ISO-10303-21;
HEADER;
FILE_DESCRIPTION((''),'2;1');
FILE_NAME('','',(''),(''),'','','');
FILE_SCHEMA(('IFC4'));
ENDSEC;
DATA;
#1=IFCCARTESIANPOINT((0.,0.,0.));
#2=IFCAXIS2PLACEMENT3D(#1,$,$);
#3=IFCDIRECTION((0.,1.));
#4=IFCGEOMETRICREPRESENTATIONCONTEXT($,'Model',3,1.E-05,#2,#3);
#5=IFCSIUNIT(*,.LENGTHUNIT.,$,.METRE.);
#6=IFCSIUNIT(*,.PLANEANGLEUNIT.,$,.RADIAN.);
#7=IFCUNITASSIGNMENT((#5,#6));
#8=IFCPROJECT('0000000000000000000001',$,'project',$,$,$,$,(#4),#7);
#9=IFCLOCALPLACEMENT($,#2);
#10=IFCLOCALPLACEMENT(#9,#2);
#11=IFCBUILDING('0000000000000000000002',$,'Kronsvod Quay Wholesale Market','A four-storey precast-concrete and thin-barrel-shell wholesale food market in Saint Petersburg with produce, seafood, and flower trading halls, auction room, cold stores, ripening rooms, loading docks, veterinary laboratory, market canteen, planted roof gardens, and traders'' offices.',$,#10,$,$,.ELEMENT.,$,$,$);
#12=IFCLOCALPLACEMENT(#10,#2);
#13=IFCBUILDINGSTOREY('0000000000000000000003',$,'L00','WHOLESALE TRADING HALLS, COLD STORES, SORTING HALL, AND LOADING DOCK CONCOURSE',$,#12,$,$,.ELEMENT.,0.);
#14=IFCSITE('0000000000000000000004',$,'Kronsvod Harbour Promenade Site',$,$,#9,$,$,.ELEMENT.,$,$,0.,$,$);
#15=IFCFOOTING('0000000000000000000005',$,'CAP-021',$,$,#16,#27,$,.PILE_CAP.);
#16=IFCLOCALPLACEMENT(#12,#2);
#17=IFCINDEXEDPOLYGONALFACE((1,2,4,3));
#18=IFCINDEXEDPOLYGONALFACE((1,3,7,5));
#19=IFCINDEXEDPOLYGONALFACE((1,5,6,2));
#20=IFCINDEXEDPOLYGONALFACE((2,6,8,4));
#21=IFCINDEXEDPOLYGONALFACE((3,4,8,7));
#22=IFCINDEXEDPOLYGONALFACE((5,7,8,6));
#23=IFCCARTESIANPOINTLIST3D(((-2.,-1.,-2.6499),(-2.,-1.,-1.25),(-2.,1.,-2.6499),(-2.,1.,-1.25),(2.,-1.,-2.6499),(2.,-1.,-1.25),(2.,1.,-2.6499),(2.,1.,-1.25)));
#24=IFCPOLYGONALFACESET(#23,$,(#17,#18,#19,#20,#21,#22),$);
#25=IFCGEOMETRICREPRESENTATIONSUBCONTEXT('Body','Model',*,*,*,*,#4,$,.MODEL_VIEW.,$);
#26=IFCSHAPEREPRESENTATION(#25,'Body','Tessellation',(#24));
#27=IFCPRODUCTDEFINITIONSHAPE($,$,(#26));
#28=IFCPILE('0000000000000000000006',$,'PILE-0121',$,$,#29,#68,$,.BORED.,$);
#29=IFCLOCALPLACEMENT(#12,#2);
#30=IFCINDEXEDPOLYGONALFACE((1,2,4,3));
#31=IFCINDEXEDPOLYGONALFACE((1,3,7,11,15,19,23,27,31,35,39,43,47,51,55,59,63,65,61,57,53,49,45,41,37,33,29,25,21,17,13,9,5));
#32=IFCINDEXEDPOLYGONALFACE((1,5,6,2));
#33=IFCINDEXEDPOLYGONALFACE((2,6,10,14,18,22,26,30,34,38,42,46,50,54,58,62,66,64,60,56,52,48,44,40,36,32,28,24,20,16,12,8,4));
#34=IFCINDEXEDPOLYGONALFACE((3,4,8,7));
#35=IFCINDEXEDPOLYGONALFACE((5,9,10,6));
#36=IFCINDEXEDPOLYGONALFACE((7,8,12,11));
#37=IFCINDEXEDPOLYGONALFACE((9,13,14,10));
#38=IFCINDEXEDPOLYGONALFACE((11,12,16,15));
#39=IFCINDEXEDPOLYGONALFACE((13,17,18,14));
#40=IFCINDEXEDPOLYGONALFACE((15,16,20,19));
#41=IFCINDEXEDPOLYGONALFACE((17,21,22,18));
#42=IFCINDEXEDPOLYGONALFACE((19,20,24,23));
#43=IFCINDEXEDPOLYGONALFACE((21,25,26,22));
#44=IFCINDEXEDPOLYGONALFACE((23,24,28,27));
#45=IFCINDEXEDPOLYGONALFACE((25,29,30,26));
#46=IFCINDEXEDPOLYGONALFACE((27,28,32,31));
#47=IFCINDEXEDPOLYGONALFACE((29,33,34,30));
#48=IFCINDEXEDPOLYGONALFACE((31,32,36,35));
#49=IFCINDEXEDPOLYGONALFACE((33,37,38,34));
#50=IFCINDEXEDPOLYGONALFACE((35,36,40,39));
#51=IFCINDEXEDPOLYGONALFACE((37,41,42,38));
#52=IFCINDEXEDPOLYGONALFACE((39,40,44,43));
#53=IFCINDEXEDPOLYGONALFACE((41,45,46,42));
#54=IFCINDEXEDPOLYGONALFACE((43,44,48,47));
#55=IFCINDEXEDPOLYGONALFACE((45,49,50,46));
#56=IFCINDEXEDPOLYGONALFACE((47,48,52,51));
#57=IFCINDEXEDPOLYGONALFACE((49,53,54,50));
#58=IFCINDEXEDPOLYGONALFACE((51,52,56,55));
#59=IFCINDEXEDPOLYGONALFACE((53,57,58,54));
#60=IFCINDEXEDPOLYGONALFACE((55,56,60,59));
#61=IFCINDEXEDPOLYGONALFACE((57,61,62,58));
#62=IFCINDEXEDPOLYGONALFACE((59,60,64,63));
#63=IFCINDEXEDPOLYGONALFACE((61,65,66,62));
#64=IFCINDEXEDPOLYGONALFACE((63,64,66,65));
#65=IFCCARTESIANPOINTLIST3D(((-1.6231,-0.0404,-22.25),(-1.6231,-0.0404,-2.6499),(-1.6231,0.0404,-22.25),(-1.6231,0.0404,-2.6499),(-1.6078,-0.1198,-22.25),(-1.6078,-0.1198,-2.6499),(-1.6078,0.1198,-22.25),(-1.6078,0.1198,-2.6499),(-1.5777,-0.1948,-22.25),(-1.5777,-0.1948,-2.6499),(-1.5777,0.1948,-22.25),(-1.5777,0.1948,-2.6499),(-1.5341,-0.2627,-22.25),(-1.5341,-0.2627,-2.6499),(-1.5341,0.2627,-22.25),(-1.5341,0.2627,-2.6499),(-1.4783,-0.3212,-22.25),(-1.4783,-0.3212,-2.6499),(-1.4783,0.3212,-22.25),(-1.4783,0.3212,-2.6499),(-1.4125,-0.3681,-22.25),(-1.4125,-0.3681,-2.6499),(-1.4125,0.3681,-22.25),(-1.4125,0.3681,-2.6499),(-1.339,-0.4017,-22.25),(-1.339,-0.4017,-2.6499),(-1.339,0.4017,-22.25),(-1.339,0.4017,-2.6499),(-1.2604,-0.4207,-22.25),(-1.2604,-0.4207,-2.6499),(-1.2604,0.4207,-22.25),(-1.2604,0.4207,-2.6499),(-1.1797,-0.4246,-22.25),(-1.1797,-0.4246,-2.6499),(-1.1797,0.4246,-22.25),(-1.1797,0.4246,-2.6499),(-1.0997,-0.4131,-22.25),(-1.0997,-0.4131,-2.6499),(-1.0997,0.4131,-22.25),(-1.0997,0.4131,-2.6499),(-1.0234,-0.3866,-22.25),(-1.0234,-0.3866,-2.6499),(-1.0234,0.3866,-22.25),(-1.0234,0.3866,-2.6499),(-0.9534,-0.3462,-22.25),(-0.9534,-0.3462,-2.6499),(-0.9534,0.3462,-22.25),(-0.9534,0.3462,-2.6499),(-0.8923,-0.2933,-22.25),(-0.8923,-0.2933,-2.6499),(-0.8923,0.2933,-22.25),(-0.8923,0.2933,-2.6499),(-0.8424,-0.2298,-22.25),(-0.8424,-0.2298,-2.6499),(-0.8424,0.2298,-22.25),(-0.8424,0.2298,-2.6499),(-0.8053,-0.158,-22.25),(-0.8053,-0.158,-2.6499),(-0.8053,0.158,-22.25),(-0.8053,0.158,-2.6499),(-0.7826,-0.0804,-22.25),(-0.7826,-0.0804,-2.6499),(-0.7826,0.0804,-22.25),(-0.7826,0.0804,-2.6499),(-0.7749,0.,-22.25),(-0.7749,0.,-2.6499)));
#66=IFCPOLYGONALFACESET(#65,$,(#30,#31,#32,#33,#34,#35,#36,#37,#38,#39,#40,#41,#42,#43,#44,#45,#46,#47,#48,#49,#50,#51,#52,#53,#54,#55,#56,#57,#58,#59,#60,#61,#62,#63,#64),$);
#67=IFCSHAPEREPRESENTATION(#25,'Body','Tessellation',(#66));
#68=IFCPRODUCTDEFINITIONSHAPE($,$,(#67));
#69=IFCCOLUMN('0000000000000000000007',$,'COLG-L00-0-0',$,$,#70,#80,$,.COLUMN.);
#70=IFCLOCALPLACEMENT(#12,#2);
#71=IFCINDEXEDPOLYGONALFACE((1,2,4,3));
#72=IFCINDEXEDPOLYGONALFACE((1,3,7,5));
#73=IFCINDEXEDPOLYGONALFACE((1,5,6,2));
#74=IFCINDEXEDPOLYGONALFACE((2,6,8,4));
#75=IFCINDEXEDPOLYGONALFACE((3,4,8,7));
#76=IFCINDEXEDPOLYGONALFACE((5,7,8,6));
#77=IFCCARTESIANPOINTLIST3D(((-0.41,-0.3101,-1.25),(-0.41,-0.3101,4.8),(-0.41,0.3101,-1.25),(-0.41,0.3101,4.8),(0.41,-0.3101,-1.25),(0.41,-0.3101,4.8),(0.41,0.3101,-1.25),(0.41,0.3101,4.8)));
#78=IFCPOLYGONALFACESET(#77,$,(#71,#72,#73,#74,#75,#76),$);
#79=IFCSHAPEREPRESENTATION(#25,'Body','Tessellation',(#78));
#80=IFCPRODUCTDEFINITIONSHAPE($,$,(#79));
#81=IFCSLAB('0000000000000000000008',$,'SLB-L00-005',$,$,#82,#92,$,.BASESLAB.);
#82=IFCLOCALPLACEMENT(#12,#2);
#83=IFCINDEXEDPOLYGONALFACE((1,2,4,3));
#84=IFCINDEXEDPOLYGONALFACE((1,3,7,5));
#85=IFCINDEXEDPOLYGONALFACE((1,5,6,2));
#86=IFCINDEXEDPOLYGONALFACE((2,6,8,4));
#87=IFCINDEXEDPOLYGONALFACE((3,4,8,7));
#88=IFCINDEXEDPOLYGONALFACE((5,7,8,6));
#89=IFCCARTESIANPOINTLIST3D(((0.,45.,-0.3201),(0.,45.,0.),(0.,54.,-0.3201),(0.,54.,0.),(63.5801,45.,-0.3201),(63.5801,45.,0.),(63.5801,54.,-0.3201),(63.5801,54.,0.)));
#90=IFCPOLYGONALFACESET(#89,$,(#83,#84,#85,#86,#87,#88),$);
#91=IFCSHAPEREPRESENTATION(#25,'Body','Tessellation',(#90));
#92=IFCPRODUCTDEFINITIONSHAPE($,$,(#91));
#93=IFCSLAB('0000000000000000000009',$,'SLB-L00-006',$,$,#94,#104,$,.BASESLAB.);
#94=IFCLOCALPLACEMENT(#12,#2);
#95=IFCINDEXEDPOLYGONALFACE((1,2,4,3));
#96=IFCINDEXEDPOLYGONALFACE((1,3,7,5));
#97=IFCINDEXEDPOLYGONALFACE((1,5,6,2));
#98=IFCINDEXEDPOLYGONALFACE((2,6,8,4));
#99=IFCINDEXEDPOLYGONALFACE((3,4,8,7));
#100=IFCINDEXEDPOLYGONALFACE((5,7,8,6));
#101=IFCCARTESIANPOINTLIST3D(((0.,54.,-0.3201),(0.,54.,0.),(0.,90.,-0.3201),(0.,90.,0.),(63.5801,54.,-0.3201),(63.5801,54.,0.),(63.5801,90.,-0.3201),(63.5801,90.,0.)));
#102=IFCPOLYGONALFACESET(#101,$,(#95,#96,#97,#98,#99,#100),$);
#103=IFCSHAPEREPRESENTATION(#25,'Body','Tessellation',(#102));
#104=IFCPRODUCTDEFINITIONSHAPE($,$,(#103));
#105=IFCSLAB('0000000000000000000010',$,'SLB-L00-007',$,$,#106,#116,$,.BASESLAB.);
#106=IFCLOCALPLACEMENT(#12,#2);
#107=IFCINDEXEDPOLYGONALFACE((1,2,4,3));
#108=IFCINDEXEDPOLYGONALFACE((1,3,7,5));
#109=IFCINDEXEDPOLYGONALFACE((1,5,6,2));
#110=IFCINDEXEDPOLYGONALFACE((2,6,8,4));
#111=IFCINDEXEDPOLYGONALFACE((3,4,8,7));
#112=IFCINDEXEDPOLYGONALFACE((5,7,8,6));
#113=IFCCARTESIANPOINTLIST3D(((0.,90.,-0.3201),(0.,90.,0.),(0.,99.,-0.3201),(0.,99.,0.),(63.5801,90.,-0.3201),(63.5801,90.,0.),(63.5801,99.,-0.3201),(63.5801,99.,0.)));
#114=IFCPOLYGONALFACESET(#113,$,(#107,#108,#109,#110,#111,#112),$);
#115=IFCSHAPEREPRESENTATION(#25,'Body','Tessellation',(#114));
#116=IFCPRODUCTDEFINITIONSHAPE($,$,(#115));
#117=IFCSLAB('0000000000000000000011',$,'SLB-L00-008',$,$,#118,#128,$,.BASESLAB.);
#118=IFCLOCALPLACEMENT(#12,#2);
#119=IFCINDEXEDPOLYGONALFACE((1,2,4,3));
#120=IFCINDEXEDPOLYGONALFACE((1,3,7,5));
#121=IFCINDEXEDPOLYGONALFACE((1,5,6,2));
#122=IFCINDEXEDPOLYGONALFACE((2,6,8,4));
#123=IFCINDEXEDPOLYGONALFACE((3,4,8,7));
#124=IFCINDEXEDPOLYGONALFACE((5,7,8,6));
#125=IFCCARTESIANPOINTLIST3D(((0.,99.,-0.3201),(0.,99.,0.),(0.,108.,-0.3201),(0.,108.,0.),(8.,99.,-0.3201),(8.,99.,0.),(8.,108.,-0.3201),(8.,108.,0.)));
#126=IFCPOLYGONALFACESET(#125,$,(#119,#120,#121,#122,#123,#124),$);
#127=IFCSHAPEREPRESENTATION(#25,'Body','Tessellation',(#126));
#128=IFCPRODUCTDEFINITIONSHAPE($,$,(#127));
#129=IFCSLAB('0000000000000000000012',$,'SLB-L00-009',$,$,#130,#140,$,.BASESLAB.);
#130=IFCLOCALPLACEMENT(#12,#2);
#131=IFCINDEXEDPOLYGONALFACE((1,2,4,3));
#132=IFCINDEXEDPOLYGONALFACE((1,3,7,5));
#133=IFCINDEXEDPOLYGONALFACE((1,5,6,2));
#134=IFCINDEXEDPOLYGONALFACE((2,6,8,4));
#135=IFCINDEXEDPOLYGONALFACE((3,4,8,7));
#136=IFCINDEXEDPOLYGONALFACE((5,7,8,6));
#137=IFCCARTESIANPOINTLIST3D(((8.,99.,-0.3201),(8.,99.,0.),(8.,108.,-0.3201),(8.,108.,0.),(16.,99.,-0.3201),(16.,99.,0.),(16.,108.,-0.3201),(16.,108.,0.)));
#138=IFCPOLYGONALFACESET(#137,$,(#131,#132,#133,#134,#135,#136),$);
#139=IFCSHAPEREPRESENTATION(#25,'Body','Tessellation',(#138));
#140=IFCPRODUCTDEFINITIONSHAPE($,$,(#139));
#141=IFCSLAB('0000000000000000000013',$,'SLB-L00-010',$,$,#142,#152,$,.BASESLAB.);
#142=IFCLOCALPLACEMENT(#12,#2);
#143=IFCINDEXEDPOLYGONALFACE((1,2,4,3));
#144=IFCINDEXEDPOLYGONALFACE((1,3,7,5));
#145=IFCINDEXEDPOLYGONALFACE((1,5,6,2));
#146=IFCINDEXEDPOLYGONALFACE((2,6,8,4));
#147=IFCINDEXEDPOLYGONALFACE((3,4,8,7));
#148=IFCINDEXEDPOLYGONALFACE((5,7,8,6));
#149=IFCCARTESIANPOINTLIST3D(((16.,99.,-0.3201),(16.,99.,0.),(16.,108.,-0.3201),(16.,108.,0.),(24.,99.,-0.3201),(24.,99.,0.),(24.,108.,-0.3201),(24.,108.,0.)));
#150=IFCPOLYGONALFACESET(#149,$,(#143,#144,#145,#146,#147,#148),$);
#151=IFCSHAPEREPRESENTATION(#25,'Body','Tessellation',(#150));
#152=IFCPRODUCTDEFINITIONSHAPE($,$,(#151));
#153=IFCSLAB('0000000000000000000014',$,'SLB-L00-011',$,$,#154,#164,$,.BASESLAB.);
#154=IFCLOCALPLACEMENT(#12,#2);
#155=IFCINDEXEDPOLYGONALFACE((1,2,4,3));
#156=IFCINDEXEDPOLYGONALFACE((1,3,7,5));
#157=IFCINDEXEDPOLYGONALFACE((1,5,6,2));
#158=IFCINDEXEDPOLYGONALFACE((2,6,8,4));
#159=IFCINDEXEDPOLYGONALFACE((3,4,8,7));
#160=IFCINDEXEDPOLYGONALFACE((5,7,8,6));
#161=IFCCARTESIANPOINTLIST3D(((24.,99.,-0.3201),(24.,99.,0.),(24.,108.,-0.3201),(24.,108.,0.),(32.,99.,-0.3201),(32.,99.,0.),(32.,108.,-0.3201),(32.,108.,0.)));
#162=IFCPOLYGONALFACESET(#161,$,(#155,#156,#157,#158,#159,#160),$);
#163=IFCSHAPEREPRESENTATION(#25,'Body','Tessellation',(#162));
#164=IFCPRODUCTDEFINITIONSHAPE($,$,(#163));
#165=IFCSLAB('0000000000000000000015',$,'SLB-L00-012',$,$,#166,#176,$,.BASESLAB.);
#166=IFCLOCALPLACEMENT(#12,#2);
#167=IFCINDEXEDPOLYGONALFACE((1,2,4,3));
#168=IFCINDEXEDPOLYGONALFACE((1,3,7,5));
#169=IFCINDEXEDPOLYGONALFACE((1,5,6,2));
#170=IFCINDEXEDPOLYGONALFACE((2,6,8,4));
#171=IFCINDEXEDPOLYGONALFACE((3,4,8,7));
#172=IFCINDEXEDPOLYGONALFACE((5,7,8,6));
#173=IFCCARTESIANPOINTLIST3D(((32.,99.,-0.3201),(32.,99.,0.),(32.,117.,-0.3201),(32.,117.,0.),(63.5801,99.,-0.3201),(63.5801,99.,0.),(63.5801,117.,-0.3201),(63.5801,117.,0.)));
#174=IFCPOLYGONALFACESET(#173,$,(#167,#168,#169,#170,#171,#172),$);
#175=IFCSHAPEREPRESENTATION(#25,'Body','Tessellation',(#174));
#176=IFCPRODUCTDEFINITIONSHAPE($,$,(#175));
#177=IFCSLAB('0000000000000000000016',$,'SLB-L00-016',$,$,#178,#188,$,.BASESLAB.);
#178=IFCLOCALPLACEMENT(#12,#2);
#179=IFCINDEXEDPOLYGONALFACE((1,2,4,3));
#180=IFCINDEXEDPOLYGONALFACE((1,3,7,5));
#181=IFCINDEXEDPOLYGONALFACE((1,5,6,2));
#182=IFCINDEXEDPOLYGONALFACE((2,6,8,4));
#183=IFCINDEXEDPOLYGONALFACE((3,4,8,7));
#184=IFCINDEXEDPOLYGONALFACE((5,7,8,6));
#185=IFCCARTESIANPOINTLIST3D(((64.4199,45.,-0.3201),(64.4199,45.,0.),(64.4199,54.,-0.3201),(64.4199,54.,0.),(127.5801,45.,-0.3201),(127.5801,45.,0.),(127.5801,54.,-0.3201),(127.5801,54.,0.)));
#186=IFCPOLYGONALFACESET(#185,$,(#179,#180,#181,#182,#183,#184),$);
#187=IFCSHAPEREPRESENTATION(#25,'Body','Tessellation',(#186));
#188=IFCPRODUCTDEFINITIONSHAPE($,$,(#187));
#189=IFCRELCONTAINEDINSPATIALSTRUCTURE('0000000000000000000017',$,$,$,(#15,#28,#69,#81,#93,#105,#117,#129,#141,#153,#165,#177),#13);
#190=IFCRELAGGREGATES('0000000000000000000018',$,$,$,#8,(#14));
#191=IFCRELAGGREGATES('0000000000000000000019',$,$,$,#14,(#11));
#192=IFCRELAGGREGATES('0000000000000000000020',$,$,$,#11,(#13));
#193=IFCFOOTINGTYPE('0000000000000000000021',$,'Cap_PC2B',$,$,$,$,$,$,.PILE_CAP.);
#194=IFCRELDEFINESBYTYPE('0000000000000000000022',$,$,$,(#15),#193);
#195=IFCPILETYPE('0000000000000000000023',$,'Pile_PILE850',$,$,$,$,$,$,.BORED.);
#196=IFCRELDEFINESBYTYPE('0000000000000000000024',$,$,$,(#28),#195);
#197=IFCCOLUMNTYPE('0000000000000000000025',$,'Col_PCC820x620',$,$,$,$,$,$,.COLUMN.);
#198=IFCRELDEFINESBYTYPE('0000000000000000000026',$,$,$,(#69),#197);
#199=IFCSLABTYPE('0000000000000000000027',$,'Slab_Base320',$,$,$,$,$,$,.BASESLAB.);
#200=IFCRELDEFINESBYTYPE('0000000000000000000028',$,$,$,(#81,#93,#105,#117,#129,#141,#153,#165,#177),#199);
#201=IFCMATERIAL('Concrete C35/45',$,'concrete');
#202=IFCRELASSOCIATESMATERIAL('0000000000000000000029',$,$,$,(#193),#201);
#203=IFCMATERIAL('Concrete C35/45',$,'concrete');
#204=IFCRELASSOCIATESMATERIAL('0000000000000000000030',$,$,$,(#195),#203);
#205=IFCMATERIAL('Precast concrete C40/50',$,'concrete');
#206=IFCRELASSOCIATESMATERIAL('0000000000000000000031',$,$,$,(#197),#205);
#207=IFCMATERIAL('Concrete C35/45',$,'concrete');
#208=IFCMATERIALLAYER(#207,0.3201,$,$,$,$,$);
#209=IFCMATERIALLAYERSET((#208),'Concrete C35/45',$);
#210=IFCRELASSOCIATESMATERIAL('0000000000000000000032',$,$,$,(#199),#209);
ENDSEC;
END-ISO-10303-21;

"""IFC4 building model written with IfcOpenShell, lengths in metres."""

from ifc_helpers import new_model, si_unit, direction, frame, origin, origin_2d, place, context, subcontext, project, spatial, polyline, rectangle, circle, outline, extrude, material, layer, layer_set, material_profile, profile_set, type_object, element, save


model = new_model("IFC4")

# Units and contexts
model_context = context("Model", 3, precision=1e-05, world=origin(), true_north=direction((0.0, 1.0)))
body_context = subcontext(model_context, "Body", "Model", "MODEL_VIEW")
ifc_project = project(units=[si_unit("LENGTHUNIT", "METRE"), si_unit("PLANEANGLEUNIT", "RADIAN")], contexts=[model_context])

# Site, building, storey
site_placement = place(None, origin())
site = spatial("IfcSite", under=ifc_project, at=site_placement, Name="Kronsvod Harbour Promenade Site", CompositionType="ELEMENT", RefElevation=0.0)
building_placement = place(site_placement, origin())
building = spatial("IfcBuilding", under=site, at=building_placement, Name="Kronsvod Quay Wholesale Market", Description="A four-storey precast-concrete and thin-barrel-shell wholesale food market in Saint Petersburg with produce, seafood, and flower trading halls, auction room, cold stores, ripening rooms, loading docks, veterinary laboratory, market canteen, planted roof gardens, and traders' offices.", CompositionType="ELEMENT")
storey_placement = place(building_placement, origin())
storey = spatial("IfcBuildingStorey", under=building, at=storey_placement, Name="L00", Description="WHOLESALE TRADING HALLS, COLD STORES, SORTING HALL, AND LOADING DOCK CONCOURSE", CompositionType="ELEMENT", Elevation=0.0)

# Footing
ifc_material_1 = material(Name="Concrete C35/45", Category="concrete")
footing_type = type_object("IfcFootingType", Name="Cap_PC2B", PredefinedType="PILE_CAP", material=ifc_material_1)
footing_placement = place(storey_placement, frame((0.0, 0.0, -2.6499), z_axis=(0.0, 0.0, 1.0), x_axis=(1.0, 0.0, 0.0)))
element("IfcFooting", 1, at=footing_placement, inside=storey, type_object=footing_type, Name="CAP-021", PredefinedType="PILE_CAP", context=body_context, shape_type="SweptSolid", body=[
    extrude(rectangle(XDim=4.0, YDim=2.0, at=origin_2d()), origin(), (0.0, 0.0, 1.0), 1.3999),
])

# Pile
ifc_material_2 = material(Name="Concrete C35/45", Category="concrete")
ifc_material_profile_1 = material_profile(ifc_material_2, circle(Radius=0.425, at=origin_2d()), Name="PILE850")
ifc_profile_set_1 = profile_set([ifc_material_profile_1], Name="Concrete C35/45")
pile_type = type_object("IfcPileType", Name="Pile_PILE850", PredefinedType="BORED", material=ifc_profile_set_1)
pile_placement = place(storey_placement, frame((-1.2, 0.0, -2.6499), z_axis=(0.0, 0.0, -1.0), x_axis=(1.0, 0.0, 0.0)))
element("IfcPile", 2, at=pile_placement, inside=storey, type_object=pile_type, Name="PILE-0121", PredefinedType="BORED", context=body_context, shape_type="SweptSolid", body=[
    extrude(circle(Radius=0.425, at=origin_2d()), origin(), (0.0, 0.0, 1.0), 19.6001),
])

# Column
ifc_material_3 = material(Name="Precast concrete C40/50", Category="concrete")
ifc_material_profile_2 = material_profile(ifc_material_3, rectangle(XDim=0.8201, YDim=0.6201, at=origin_2d()), Name="COL-10")
ifc_profile_set_2 = profile_set([ifc_material_profile_2], Name="Precast concrete C40/50")
column_type = type_object("IfcColumnType", Name="Col_PCC820x620", PredefinedType="COLUMN", material=ifc_profile_set_2)
column_placement = place(storey_placement, frame((0.0, 0.0, -1.25), z_axis=(0.0, 0.0, 1.0), x_axis=(1.0, 0.0, 0.0)))
element("IfcColumn", 3, at=column_placement, inside=storey, type_object=column_type, Name="COLG-L00-0-0", PredefinedType="COLUMN", context=body_context, shape_type="SweptSolid", body=[
    extrude(rectangle(XDim=0.8201, YDim=0.6201, at=origin_2d()), origin(), (0.0, 0.0, 1.0), 6.05),
])

# Slabs
ifc_material_4 = material(Name="Concrete C35/45", Category="concrete")
ifc_layer_1 = layer(ifc_material_4, 0.3201)
ifc_layer_set_1 = layer_set([ifc_layer_1], Name="Concrete C35/45")
slab_type_1 = type_object("IfcSlabType", Name="Slab_Base320", PredefinedType="BASESLAB", material=ifc_layer_set_1)
slab_1_placement = place(storey_placement, frame((0.0, 0.0, -0.3201)))
element("IfcSlab", 4, at=slab_1_placement, inside=storey, type_object=slab_type_1, Name="SLB-L00-005", PredefinedType="BASESLAB", context=body_context, shape_type="SweptSolid", body=[
    extrude(outline(polyline([(0.0, 45.0), (63.5801, 45.0), (63.5801, 54.0), (0.0, 54.0), (0.0, 45.0)])), origin(), (0.0, 0.0, 1.0), 0.3201),
])
slab_2_placement = place(storey_placement, frame((0.0, 0.0, -0.3201)))
element("IfcSlab", 5, at=slab_2_placement, inside=storey, type_object=slab_type_1, Name="SLB-L00-006", PredefinedType="BASESLAB", context=body_context, shape_type="SweptSolid", body=[
    extrude(outline(polyline([(0.0, 54.0), (63.5801, 54.0), (63.5801, 90.0), (0.0, 90.0), (0.0, 54.0)])), origin(), (0.0, 0.0, 1.0), 0.3201),
])
slab_3_placement = place(storey_placement, frame((0.0, 0.0, -0.3201)))
element("IfcSlab", 6, at=slab_3_placement, inside=storey, type_object=slab_type_1, Name="SLB-L00-007", PredefinedType="BASESLAB", context=body_context, shape_type="SweptSolid", body=[
    extrude(outline(polyline([(0.0, 90.0), (63.5801, 90.0), (63.5801, 99.0), (0.0, 99.0), (0.0, 90.0)])), origin(), (0.0, 0.0, 1.0), 0.3201),
])
slab_4_placement = place(storey_placement, frame((0.0, 0.0, -0.3201)))
element("IfcSlab", 7, at=slab_4_placement, inside=storey, type_object=slab_type_1, Name="SLB-L00-008", PredefinedType="BASESLAB", context=body_context, shape_type="SweptSolid", body=[
    extrude(outline(polyline([(0.0, 99.0), (8.0, 99.0), (8.0, 108.0), (0.0, 108.0), (0.0, 99.0)])), origin(), (0.0, 0.0, 1.0), 0.3201),
])
slab_5_placement = place(storey_placement, frame((0.0, 0.0, -0.3201)))
element("IfcSlab", 8, at=slab_5_placement, inside=storey, type_object=slab_type_1, Name="SLB-L00-009", PredefinedType="BASESLAB", context=body_context, shape_type="SweptSolid", body=[
    extrude(outline(polyline([(8.0, 99.0), (16.0, 99.0), (16.0, 108.0), (8.0, 108.0), (8.0, 99.0)])), origin(), (0.0, 0.0, 1.0), 0.3201),
])
slab_6_placement = place(storey_placement, frame((0.0, 0.0, -0.3201)))
element("IfcSlab", 9, at=slab_6_placement, inside=storey, type_object=slab_type_1, Name="SLB-L00-010", PredefinedType="BASESLAB", context=body_context, shape_type="SweptSolid", body=[
    extrude(outline(polyline([(16.0, 99.0), (24.0, 99.0), (24.0, 108.0), (16.0, 108.0), (16.0, 99.0)])), origin(), (0.0, 0.0, 1.0), 0.3201),
])
slab_7_placement = place(storey_placement, frame((0.0, 0.0, -0.3201)))
element("IfcSlab", 10, at=slab_7_placement, inside=storey, type_object=slab_type_1, Name="SLB-L00-011", PredefinedType="BASESLAB", context=body_context, shape_type="SweptSolid", body=[
    extrude(outline(polyline([(24.0, 99.0), (32.0, 99.0), (32.0, 108.0), (24.0, 108.0), (24.0, 99.0)])), origin(), (0.0, 0.0, 1.0), 0.3201),
])
slab_8_placement = place(storey_placement, frame((0.0, 0.0, -0.3201)))
element("IfcSlab", 11, at=slab_8_placement, inside=storey, type_object=slab_type_1, Name="SLB-L00-012", PredefinedType="BASESLAB", context=body_context, shape_type="SweptSolid", body=[
    extrude(outline(polyline([(32.0, 99.0), (63.5801, 99.0), (63.5801, 117.0), (32.0, 117.0), (32.0, 99.0)])), origin(), (0.0, 0.0, 1.0), 0.3201),
])
slab_9_placement = place(storey_placement, frame((0.0, 0.0, -0.3201)))
element("IfcSlab", 12, at=slab_9_placement, inside=storey, type_object=slab_type_1, Name="SLB-L00-016", PredefinedType="BASESLAB", context=body_context, shape_type="SweptSolid", body=[
    extrude(outline(polyline([(64.4199, 45.0), (127.5801, 45.0), (127.5801, 54.0), (64.4199, 54.0), (64.4199, 45.0)])), origin(), (0.0, 0.0, 1.0), 0.3201),
])

save(model, "model.ifc")
